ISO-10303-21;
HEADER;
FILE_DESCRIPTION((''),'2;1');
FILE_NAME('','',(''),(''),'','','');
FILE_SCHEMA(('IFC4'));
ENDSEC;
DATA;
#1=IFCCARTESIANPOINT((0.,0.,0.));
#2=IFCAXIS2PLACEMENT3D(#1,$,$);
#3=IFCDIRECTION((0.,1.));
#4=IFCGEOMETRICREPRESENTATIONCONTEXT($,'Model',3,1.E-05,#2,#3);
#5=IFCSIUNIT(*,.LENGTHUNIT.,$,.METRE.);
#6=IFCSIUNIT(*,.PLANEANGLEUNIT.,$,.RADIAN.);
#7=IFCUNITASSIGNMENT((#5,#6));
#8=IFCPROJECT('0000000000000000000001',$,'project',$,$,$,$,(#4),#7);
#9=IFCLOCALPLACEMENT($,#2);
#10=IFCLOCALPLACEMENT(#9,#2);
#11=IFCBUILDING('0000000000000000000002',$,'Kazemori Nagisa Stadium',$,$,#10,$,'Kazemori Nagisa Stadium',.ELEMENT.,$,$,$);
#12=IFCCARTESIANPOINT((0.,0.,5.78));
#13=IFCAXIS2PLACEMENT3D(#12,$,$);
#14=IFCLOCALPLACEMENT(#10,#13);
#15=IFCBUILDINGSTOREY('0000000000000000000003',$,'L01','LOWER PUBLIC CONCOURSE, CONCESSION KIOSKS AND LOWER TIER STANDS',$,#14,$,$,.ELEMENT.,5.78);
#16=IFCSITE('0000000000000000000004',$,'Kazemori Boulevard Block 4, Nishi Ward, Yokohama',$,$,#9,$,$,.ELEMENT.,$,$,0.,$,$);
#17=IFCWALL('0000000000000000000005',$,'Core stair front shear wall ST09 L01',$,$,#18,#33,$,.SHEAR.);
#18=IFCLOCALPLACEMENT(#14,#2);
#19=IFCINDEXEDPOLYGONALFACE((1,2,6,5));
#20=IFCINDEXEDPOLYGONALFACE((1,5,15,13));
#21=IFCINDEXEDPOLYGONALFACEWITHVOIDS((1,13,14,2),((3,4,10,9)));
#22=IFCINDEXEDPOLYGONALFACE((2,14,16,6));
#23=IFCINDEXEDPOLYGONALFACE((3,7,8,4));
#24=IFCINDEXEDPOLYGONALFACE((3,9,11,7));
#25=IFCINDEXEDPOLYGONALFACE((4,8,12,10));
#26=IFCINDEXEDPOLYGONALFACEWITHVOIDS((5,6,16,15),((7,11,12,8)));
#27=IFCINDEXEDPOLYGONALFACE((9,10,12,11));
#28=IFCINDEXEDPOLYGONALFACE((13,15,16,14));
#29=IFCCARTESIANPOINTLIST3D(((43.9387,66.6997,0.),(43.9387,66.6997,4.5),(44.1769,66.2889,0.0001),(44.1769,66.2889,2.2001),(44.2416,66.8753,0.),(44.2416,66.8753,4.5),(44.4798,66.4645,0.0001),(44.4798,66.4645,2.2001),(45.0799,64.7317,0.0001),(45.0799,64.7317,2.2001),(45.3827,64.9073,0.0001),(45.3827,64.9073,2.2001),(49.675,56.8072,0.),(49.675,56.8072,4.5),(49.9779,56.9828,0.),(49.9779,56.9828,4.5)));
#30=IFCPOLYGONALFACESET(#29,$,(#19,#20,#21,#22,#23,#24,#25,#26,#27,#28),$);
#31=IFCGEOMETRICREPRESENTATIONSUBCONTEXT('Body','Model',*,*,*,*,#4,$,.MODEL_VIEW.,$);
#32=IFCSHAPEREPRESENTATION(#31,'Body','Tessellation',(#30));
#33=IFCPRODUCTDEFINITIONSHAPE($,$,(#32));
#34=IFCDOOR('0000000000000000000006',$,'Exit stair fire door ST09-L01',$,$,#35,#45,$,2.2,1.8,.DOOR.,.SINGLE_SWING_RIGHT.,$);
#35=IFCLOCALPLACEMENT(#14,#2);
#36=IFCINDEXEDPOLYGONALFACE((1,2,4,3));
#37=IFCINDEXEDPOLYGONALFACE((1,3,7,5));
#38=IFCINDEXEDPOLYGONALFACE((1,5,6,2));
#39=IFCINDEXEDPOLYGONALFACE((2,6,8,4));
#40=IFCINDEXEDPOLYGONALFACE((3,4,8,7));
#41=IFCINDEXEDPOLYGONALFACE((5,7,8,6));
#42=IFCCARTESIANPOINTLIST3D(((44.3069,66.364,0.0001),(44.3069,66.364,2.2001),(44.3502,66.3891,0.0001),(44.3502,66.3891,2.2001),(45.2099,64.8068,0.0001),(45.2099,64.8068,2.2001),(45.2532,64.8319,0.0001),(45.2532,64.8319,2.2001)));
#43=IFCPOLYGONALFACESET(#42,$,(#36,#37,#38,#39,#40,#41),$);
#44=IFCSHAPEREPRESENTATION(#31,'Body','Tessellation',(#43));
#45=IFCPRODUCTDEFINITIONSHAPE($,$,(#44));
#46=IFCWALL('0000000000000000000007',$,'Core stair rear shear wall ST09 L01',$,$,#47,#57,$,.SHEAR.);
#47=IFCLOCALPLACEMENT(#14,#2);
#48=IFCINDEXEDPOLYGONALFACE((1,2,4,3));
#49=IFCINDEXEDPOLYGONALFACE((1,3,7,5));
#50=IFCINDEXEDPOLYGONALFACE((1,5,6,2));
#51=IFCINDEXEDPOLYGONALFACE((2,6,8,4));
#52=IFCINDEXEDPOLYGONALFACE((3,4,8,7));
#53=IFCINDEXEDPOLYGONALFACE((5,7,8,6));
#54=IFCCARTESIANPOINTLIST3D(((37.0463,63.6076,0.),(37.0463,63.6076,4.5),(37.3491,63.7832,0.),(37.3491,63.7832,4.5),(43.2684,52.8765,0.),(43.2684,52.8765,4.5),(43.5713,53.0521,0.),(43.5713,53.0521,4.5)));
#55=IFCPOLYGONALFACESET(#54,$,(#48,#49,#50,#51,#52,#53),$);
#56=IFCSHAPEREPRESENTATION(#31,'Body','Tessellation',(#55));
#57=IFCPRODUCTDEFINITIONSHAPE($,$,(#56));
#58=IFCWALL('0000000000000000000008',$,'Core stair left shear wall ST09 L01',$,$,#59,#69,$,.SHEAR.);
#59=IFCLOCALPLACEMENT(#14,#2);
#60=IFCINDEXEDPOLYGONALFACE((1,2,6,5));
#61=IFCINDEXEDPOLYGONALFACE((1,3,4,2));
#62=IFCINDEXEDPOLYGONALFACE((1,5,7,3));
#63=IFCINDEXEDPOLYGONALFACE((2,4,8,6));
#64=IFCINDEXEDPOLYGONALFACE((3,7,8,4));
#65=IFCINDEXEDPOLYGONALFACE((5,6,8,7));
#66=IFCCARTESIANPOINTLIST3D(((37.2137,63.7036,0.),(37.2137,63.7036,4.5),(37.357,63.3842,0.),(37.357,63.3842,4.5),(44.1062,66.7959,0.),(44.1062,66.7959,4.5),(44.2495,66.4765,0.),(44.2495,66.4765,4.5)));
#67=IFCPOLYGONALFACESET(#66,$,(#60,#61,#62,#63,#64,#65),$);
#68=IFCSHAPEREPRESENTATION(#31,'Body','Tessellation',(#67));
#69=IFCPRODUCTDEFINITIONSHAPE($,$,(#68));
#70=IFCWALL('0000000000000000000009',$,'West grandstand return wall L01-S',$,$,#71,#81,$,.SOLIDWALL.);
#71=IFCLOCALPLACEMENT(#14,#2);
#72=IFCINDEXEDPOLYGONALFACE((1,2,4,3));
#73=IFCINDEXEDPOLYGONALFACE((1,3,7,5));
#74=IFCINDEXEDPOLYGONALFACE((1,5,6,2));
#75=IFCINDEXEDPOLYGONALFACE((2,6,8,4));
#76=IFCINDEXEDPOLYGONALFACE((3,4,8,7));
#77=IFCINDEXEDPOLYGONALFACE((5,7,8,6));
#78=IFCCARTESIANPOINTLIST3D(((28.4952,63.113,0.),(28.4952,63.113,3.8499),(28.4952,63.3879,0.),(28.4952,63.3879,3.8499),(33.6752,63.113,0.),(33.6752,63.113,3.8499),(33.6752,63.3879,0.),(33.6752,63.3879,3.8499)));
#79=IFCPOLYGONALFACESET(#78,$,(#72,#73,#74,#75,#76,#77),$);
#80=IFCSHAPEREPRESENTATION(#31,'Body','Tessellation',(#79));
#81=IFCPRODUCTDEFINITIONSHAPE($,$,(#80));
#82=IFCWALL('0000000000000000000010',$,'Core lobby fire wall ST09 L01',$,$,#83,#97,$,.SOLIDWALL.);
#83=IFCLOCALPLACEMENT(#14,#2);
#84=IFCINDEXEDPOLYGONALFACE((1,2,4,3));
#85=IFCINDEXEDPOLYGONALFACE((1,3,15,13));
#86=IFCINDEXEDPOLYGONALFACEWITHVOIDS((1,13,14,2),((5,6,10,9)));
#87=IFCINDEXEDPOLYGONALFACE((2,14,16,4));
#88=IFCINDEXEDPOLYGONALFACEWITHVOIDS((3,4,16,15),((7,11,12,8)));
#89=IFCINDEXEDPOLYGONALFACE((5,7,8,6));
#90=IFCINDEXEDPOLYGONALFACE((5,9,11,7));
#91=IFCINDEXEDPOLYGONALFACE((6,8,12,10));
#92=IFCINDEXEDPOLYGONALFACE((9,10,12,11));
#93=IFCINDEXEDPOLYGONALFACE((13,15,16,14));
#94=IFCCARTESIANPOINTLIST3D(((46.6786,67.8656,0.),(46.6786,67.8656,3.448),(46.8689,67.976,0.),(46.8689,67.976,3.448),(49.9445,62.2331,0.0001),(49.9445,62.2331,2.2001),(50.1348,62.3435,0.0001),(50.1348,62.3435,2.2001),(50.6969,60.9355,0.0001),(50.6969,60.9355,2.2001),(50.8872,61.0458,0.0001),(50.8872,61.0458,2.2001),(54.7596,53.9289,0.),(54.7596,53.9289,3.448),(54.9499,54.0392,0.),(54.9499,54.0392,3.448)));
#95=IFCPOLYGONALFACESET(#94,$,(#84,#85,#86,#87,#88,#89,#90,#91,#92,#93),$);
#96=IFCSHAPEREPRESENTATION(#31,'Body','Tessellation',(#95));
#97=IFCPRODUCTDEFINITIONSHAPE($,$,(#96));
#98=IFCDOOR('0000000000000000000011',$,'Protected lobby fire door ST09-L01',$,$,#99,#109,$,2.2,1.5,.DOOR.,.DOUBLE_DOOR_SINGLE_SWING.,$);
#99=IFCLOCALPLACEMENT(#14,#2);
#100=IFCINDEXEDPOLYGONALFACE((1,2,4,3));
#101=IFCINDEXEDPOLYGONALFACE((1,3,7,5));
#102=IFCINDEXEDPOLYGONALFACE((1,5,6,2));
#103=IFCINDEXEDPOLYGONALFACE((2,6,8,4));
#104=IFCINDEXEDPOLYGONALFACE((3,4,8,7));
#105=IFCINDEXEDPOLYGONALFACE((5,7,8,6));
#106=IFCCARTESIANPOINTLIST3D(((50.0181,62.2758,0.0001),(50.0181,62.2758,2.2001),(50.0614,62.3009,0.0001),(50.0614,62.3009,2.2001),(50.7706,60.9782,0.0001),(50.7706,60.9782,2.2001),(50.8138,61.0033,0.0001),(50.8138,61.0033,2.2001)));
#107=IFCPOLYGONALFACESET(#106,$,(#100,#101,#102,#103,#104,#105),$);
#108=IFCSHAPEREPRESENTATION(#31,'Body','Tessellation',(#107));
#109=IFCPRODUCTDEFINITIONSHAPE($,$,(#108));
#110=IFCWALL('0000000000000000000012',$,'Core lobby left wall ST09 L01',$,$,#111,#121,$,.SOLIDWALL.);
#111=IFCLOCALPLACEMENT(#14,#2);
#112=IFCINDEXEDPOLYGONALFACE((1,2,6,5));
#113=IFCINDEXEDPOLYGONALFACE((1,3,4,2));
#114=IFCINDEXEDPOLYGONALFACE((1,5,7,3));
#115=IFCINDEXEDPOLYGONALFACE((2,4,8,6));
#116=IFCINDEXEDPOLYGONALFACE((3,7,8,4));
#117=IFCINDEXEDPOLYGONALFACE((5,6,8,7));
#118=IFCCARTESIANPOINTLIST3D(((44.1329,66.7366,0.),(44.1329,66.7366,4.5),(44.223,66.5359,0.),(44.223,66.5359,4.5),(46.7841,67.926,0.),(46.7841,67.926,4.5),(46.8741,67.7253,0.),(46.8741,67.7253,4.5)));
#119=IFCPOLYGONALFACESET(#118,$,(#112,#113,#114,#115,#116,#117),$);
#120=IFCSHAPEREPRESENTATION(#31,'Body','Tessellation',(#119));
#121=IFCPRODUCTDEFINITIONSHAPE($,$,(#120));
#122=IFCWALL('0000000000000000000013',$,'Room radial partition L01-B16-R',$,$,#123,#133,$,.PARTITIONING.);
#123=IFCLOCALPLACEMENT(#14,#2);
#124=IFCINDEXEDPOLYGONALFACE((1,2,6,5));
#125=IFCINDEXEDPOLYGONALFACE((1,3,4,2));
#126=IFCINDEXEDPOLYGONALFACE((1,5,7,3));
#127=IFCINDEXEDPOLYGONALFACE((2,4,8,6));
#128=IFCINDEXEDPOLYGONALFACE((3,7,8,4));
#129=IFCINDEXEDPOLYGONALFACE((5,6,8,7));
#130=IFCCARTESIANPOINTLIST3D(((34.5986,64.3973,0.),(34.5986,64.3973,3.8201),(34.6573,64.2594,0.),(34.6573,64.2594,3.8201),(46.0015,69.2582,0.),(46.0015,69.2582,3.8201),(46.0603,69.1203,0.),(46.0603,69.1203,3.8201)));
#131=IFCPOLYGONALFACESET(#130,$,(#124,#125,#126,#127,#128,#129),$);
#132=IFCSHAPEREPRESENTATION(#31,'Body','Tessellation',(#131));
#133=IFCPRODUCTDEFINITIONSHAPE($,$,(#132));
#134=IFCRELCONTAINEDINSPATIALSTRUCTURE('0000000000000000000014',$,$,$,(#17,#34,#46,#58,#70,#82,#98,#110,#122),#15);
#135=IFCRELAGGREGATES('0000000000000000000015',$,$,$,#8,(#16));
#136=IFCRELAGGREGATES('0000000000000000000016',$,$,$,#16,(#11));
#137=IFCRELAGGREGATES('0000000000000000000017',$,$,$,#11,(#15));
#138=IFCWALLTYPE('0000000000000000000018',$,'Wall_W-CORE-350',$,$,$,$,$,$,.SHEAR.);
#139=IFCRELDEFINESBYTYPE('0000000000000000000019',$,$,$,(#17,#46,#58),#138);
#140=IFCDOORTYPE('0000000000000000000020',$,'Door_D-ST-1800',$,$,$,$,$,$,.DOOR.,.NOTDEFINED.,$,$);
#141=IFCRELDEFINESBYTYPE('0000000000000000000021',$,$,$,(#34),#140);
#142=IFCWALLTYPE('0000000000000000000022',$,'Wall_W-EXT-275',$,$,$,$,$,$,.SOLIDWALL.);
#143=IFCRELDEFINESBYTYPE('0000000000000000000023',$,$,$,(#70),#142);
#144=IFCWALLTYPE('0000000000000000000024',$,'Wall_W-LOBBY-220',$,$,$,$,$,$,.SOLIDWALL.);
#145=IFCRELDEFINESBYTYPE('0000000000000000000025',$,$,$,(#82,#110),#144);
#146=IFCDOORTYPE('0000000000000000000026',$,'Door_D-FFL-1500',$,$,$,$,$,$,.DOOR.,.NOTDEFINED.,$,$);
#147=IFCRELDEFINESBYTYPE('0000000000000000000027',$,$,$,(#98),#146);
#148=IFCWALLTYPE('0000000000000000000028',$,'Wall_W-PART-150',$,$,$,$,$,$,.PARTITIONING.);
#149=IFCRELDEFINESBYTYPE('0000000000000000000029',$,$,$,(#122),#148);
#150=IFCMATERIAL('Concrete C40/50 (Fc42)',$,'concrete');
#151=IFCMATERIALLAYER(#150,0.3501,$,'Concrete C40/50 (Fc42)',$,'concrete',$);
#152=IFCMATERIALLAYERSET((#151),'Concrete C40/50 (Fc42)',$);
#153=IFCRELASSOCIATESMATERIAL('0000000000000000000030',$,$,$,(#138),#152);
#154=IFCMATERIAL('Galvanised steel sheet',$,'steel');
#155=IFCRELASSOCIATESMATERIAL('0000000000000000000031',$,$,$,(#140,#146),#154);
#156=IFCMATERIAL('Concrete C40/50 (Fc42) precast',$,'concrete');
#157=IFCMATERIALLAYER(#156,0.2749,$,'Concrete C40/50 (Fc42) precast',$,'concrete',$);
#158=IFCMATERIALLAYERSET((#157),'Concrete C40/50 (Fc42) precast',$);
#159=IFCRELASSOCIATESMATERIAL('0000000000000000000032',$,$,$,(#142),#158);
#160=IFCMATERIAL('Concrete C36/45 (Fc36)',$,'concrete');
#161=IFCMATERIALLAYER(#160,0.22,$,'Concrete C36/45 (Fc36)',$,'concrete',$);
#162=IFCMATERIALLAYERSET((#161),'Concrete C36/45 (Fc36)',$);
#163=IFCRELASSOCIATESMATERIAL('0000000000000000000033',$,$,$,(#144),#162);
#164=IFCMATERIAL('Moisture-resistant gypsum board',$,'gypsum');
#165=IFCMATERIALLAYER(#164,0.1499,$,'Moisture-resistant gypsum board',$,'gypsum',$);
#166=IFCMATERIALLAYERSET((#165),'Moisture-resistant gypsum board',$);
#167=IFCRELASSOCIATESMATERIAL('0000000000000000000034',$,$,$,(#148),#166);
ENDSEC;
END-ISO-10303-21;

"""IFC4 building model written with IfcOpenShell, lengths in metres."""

from ifc_helpers import new_model, si_unit, direction, frame, frame_2d, origin, place, context, subcontext, project, spatial, rectangle, extrude, material, layer, layer_set, type_object, element, fill, save


model = new_model("IFC4")

# Units and contexts
model_context = context("Model", 3, precision=1e-05, world=origin(), true_north=direction((0.0, 1.0)))
body_context = subcontext(model_context, "Body", "Model", "MODEL_VIEW")
ifc_project = project(units=[si_unit("LENGTHUNIT", "METRE"), si_unit("PLANEANGLEUNIT", "RADIAN")], contexts=[model_context])

# Site, building, storey
site_placement = place(None, origin())
site = spatial("IfcSite", under=ifc_project, at=site_placement, Name="Kazemori Boulevard Block 4, Nishi Ward, Yokohama", CompositionType="ELEMENT", RefElevation=0.0)
building_placement = place(site_placement, origin())
building = spatial("IfcBuilding", under=site, at=building_placement, Name="Kazemori Nagisa Stadium", LongName="Kazemori Nagisa Stadium", CompositionType="ELEMENT")
storey_placement = place(building_placement, frame((0.0, 0.0, 5.78)))
storey = spatial("IfcBuildingStorey", under=building, at=storey_placement, Name="L01", Description="LOWER PUBLIC CONCOURSE, CONCESSION KIOSKS AND LOWER TIER STANDS", CompositionType="ELEMENT", Elevation=5.78)

# Shared definitions
ifc_material_1 = material(Name="Concrete C40/50 (Fc42)", Category="concrete")

# Wall, opening, door
ifc_layer_1 = layer(ifc_material_1, 0.3501, Name="Concrete C40/50 (Fc42)", Category="concrete")
ifc_layer_set_1 = layer_set([ifc_layer_1], Name="Concrete C40/50 (Fc42)")
wall_type_1 = type_object("IfcWallType", Name="Wall_W-CORE-350", PredefinedType="SHEAR", material=ifc_layer_set_1)
wall_1_placement = place(storey_placement, frame((44.0901, 66.7876, 0.0), z_axis=(0.0, 0.0, 1.0), x_axis=(0.501629, -0.865083, 0.0)))
wall_1 = element("IfcWall", 1, at=wall_1_placement, inside=storey, type_object=wall_type_1, Name="Core stair front shear wall ST09 L01", PredefinedType="SHEAR", context=body_context, shape_type="SweptSolid", body=[
    extrude(rectangle(XDim=11.4353, YDim=0.3501, at=frame_2d((5.7178, 0.0))), origin(), (0.0, 0.0, 1.0), 4.5),
])
opening_1_placement = place(wall_1_placement, frame((0.4751, 0.0, 0.0)))
opening_1 = element("IfcOpeningElement", 2, at=opening_1_placement, cuts=wall_1, PredefinedType="OPENING", context=body_context, shape_type="SweptSolid", body=[
    extrude(rectangle(XDim=1.8, YDim=2.2, at=frame_2d((0.8999, 1.1001))), frame((0.0, 0.1851, 0.0), z_axis=(0.0, -1.0, 0.0), x_axis=(1.0, 0.0, 0.0)), (0.0, 0.0, 1.0), 0.3701),
])
ifc_material_2 = material(Name="Galvanised steel sheet", Category="steel")
door_type_1 = type_object("IfcDoorType", Name="Door_D-ST-1800", OperationType="NOTDEFINED", PredefinedType="DOOR", material=ifc_material_2)
door_1_placement = place(opening_1_placement, frame((1.8, 0.0, 0.0), z_axis=(0.0, 0.0, 1.0), x_axis=(-1.0, 0.0, 0.0)))
door_1 = element("IfcDoor", 3, at=door_1_placement, inside=storey, type_object=door_type_1, Name="Exit stair fire door ST09-L01", OperationType="SINGLE_SWING_RIGHT", OverallHeight=2.2, OverallWidth=1.8, PredefinedType="DOOR", context=body_context, shape_type="SweptSolid", body=[
    extrude(rectangle(XDim=1.8, YDim=2.2, at=frame_2d((0.8999, 1.1001))), frame((0.0, 0.0249, 0.0), z_axis=(0.0, -1.0, 0.0), x_axis=(1.0, 0.0, 0.0)), (0.0, 0.0, 1.0), 0.05),
])
fill(opening_1, door_1)

# Walls
wall_2_placement = place(storey_placement, frame((37.1978, 63.6953, 0.0), z_axis=(0.0, 0.0, 1.0), x_axis=(0.501602, -0.865099, 0.0)))
element("IfcWall", 4, at=wall_2_placement, inside=storey, type_object=wall_type_1, Name="Core stair rear shear wall ST09 L01", PredefinedType="SHEAR", context=body_context, shape_type="SweptSolid", body=[
    extrude(rectangle(XDim=12.4045, YDim=0.3501, at=frame_2d((6.2021, 0.0))), origin(), (0.0, 0.0, 1.0), 4.5),
])
wall_3_placement = place(storey_placement, frame((44.178, 66.6362, 0.0), z_axis=(0.0, 0.0, 1.0), x_axis=(-0.912385, -0.409332, 0.0)))
element("IfcWall", 5, at=wall_3_placement, inside=storey, type_object=wall_type_1, Name="Core stair left shear wall ST09 L01", PredefinedType="SHEAR", context=body_context, shape_type="SweptSolid", body=[
    extrude(rectangle(XDim=7.5544, YDim=0.3501, at=frame_2d((3.7773, 0.0))), origin(), (0.0, 0.0, 1.0), 4.5),
])
ifc_material_3 = material(Name="Concrete C40/50 (Fc42) precast", Category="concrete")
ifc_layer_2 = layer(ifc_material_3, 0.2749, Name="Concrete C40/50 (Fc42) precast", Category="concrete")
ifc_layer_set_2 = layer_set([ifc_layer_2], Name="Concrete C40/50 (Fc42) precast")
wall_type_2 = type_object("IfcWallType", Name="Wall_W-EXT-275", PredefinedType="SOLIDWALL", material=ifc_layer_set_2)
wall_4_placement = place(storey_placement, frame((33.675, 63.2505, 0.0), z_axis=(0.0, 0.0, 1.0), x_axis=(-1.0, 0.0, 0.0)))
element("IfcWall", 6, at=wall_4_placement, inside=storey, type_object=wall_type_2, Name="West grandstand return wall L01-S", PredefinedType="SOLIDWALL", context=body_context, shape_type="SweptSolid", body=[
    extrude(rectangle(XDim=5.1799, YDim=0.2749, at=frame_2d((2.5898, 0.0))), origin(), (0.0, 0.0, 1.0), 3.8499),
])

# Wall, opening, door
ifc_material_4 = material(Name="Concrete C36/45 (Fc36)", Category="concrete")
ifc_layer_3 = layer(ifc_material_4, 0.22, Name="Concrete C36/45 (Fc36)", Category="concrete")
ifc_layer_set_3 = layer_set([ifc_layer_3], Name="Concrete C36/45 (Fc36)")
wall_type_3 = type_object("IfcWallType", Name="Wall_W-LOBBY-220", PredefinedType="SOLIDWALL", material=ifc_layer_set_3)
wall_5_placement = place(storey_placement, frame((46.7737, 67.9209, 0.0), z_axis=(0.0, 0.0, 1.0), x_axis=(0.501613, -0.865092, 0.0)))
wall_5 = element("IfcWall", 7, at=wall_5_placement, inside=storey, type_object=wall_type_3, Name="Core lobby fire wall ST09 L01", PredefinedType="SOLIDWALL", context=body_context, shape_type="SweptSolid", body=[
    extrude(rectangle(XDim=16.1101, YDim=0.22, at=frame_2d((8.0552, 0.0))), origin(), (0.0, 0.0, 1.0), 3.448),
])
opening_2_placement = place(wall_5_placement, frame((6.511, 0.0, 0.0)))
opening_2 = element("IfcOpeningElement", 8, at=opening_2_placement, cuts=wall_5, PredefinedType="OPENING", context=body_context, shape_type="SweptSolid", body=[
    extrude(rectangle(XDim=1.5, YDim=2.2, at=frame_2d((0.75, 1.1001))), frame((0.0, 0.1199, 0.0), z_axis=(0.0, -1.0, 0.0), x_axis=(1.0, 0.0, 0.0)), (0.0, 0.0, 1.0), 0.24),
])
door_type_2 = type_object("IfcDoorType", Name="Door_D-FFL-1500", OperationType="NOTDEFINED", PredefinedType="DOOR", material=ifc_material_2)
door_2_placement = place(opening_2_placement, frame((1.5, 0.0, 0.0), z_axis=(0.0, 0.0, 1.0), x_axis=(-1.0, 0.0, 0.0)))
door_2 = element("IfcDoor", 9, at=door_2_placement, inside=storey, type_object=door_type_2, Name="Protected lobby fire door ST09-L01", OperationType="DOUBLE_DOOR_SINGLE_SWING", OverallHeight=2.2, OverallWidth=1.5, PredefinedType="DOOR", context=body_context, shape_type="SweptSolid", body=[
    extrude(rectangle(XDim=1.5, YDim=2.2, at=frame_2d((0.75, 1.1001))), frame((0.0, 0.0249, 0.0), z_axis=(0.0, -1.0, 0.0), x_axis=(1.0, 0.0, 0.0)), (0.0, 0.0, 1.0), 0.05),
])
fill(opening_2, door_2)

# Walls
wall_6_placement = place(storey_placement, frame((46.8291, 67.8257, 0.0), z_axis=(0.0, 0.0, 1.0), x_axis=(-0.912378, -0.409348, 0.0)))
element("IfcWall", 10, at=wall_6_placement, inside=storey, type_object=wall_type_3, Name="Core lobby left wall ST09 L01", PredefinedType="SOLIDWALL", context=body_context, shape_type="SweptSolid", body=[
    extrude(rectangle(XDim=2.9058, YDim=0.22, at=frame_2d((1.4529, 0.0))), origin(), (0.0, 0.0, 1.0), 4.5),
])
ifc_material_5 = material(Name="Moisture-resistant gypsum board", Category="gypsum")
ifc_layer_4 = layer(ifc_material_5, 0.1499, Name="Moisture-resistant gypsum board", Category="gypsum")
ifc_layer_set_4 = layer_set([ifc_layer_4], Name="Moisture-resistant gypsum board")
wall_type_4 = type_object("IfcWallType", Name="Wall_W-PART-150", PredefinedType="PARTITIONING", material=ifc_layer_set_4)
wall_7_placement = place(storey_placement, frame((46.0308, 69.1892, 0.0), z_axis=(0.0, 0.0, 1.0), x_axis=(-0.919905, -0.392141, 0.0)))
element("IfcWall", 11, at=wall_7_placement, inside=storey, type_object=wall_type_4, Name="Room radial partition L01-B16-R", PredefinedType="PARTITIONING", context=body_context, shape_type="SweptSolid", body=[
    extrude(rectangle(XDim=12.3958, YDim=0.1499, at=frame_2d((6.1978, 0.0))), origin(), (0.0, 0.0, 1.0), 3.8201),
])

save(model, "model.ifc")
